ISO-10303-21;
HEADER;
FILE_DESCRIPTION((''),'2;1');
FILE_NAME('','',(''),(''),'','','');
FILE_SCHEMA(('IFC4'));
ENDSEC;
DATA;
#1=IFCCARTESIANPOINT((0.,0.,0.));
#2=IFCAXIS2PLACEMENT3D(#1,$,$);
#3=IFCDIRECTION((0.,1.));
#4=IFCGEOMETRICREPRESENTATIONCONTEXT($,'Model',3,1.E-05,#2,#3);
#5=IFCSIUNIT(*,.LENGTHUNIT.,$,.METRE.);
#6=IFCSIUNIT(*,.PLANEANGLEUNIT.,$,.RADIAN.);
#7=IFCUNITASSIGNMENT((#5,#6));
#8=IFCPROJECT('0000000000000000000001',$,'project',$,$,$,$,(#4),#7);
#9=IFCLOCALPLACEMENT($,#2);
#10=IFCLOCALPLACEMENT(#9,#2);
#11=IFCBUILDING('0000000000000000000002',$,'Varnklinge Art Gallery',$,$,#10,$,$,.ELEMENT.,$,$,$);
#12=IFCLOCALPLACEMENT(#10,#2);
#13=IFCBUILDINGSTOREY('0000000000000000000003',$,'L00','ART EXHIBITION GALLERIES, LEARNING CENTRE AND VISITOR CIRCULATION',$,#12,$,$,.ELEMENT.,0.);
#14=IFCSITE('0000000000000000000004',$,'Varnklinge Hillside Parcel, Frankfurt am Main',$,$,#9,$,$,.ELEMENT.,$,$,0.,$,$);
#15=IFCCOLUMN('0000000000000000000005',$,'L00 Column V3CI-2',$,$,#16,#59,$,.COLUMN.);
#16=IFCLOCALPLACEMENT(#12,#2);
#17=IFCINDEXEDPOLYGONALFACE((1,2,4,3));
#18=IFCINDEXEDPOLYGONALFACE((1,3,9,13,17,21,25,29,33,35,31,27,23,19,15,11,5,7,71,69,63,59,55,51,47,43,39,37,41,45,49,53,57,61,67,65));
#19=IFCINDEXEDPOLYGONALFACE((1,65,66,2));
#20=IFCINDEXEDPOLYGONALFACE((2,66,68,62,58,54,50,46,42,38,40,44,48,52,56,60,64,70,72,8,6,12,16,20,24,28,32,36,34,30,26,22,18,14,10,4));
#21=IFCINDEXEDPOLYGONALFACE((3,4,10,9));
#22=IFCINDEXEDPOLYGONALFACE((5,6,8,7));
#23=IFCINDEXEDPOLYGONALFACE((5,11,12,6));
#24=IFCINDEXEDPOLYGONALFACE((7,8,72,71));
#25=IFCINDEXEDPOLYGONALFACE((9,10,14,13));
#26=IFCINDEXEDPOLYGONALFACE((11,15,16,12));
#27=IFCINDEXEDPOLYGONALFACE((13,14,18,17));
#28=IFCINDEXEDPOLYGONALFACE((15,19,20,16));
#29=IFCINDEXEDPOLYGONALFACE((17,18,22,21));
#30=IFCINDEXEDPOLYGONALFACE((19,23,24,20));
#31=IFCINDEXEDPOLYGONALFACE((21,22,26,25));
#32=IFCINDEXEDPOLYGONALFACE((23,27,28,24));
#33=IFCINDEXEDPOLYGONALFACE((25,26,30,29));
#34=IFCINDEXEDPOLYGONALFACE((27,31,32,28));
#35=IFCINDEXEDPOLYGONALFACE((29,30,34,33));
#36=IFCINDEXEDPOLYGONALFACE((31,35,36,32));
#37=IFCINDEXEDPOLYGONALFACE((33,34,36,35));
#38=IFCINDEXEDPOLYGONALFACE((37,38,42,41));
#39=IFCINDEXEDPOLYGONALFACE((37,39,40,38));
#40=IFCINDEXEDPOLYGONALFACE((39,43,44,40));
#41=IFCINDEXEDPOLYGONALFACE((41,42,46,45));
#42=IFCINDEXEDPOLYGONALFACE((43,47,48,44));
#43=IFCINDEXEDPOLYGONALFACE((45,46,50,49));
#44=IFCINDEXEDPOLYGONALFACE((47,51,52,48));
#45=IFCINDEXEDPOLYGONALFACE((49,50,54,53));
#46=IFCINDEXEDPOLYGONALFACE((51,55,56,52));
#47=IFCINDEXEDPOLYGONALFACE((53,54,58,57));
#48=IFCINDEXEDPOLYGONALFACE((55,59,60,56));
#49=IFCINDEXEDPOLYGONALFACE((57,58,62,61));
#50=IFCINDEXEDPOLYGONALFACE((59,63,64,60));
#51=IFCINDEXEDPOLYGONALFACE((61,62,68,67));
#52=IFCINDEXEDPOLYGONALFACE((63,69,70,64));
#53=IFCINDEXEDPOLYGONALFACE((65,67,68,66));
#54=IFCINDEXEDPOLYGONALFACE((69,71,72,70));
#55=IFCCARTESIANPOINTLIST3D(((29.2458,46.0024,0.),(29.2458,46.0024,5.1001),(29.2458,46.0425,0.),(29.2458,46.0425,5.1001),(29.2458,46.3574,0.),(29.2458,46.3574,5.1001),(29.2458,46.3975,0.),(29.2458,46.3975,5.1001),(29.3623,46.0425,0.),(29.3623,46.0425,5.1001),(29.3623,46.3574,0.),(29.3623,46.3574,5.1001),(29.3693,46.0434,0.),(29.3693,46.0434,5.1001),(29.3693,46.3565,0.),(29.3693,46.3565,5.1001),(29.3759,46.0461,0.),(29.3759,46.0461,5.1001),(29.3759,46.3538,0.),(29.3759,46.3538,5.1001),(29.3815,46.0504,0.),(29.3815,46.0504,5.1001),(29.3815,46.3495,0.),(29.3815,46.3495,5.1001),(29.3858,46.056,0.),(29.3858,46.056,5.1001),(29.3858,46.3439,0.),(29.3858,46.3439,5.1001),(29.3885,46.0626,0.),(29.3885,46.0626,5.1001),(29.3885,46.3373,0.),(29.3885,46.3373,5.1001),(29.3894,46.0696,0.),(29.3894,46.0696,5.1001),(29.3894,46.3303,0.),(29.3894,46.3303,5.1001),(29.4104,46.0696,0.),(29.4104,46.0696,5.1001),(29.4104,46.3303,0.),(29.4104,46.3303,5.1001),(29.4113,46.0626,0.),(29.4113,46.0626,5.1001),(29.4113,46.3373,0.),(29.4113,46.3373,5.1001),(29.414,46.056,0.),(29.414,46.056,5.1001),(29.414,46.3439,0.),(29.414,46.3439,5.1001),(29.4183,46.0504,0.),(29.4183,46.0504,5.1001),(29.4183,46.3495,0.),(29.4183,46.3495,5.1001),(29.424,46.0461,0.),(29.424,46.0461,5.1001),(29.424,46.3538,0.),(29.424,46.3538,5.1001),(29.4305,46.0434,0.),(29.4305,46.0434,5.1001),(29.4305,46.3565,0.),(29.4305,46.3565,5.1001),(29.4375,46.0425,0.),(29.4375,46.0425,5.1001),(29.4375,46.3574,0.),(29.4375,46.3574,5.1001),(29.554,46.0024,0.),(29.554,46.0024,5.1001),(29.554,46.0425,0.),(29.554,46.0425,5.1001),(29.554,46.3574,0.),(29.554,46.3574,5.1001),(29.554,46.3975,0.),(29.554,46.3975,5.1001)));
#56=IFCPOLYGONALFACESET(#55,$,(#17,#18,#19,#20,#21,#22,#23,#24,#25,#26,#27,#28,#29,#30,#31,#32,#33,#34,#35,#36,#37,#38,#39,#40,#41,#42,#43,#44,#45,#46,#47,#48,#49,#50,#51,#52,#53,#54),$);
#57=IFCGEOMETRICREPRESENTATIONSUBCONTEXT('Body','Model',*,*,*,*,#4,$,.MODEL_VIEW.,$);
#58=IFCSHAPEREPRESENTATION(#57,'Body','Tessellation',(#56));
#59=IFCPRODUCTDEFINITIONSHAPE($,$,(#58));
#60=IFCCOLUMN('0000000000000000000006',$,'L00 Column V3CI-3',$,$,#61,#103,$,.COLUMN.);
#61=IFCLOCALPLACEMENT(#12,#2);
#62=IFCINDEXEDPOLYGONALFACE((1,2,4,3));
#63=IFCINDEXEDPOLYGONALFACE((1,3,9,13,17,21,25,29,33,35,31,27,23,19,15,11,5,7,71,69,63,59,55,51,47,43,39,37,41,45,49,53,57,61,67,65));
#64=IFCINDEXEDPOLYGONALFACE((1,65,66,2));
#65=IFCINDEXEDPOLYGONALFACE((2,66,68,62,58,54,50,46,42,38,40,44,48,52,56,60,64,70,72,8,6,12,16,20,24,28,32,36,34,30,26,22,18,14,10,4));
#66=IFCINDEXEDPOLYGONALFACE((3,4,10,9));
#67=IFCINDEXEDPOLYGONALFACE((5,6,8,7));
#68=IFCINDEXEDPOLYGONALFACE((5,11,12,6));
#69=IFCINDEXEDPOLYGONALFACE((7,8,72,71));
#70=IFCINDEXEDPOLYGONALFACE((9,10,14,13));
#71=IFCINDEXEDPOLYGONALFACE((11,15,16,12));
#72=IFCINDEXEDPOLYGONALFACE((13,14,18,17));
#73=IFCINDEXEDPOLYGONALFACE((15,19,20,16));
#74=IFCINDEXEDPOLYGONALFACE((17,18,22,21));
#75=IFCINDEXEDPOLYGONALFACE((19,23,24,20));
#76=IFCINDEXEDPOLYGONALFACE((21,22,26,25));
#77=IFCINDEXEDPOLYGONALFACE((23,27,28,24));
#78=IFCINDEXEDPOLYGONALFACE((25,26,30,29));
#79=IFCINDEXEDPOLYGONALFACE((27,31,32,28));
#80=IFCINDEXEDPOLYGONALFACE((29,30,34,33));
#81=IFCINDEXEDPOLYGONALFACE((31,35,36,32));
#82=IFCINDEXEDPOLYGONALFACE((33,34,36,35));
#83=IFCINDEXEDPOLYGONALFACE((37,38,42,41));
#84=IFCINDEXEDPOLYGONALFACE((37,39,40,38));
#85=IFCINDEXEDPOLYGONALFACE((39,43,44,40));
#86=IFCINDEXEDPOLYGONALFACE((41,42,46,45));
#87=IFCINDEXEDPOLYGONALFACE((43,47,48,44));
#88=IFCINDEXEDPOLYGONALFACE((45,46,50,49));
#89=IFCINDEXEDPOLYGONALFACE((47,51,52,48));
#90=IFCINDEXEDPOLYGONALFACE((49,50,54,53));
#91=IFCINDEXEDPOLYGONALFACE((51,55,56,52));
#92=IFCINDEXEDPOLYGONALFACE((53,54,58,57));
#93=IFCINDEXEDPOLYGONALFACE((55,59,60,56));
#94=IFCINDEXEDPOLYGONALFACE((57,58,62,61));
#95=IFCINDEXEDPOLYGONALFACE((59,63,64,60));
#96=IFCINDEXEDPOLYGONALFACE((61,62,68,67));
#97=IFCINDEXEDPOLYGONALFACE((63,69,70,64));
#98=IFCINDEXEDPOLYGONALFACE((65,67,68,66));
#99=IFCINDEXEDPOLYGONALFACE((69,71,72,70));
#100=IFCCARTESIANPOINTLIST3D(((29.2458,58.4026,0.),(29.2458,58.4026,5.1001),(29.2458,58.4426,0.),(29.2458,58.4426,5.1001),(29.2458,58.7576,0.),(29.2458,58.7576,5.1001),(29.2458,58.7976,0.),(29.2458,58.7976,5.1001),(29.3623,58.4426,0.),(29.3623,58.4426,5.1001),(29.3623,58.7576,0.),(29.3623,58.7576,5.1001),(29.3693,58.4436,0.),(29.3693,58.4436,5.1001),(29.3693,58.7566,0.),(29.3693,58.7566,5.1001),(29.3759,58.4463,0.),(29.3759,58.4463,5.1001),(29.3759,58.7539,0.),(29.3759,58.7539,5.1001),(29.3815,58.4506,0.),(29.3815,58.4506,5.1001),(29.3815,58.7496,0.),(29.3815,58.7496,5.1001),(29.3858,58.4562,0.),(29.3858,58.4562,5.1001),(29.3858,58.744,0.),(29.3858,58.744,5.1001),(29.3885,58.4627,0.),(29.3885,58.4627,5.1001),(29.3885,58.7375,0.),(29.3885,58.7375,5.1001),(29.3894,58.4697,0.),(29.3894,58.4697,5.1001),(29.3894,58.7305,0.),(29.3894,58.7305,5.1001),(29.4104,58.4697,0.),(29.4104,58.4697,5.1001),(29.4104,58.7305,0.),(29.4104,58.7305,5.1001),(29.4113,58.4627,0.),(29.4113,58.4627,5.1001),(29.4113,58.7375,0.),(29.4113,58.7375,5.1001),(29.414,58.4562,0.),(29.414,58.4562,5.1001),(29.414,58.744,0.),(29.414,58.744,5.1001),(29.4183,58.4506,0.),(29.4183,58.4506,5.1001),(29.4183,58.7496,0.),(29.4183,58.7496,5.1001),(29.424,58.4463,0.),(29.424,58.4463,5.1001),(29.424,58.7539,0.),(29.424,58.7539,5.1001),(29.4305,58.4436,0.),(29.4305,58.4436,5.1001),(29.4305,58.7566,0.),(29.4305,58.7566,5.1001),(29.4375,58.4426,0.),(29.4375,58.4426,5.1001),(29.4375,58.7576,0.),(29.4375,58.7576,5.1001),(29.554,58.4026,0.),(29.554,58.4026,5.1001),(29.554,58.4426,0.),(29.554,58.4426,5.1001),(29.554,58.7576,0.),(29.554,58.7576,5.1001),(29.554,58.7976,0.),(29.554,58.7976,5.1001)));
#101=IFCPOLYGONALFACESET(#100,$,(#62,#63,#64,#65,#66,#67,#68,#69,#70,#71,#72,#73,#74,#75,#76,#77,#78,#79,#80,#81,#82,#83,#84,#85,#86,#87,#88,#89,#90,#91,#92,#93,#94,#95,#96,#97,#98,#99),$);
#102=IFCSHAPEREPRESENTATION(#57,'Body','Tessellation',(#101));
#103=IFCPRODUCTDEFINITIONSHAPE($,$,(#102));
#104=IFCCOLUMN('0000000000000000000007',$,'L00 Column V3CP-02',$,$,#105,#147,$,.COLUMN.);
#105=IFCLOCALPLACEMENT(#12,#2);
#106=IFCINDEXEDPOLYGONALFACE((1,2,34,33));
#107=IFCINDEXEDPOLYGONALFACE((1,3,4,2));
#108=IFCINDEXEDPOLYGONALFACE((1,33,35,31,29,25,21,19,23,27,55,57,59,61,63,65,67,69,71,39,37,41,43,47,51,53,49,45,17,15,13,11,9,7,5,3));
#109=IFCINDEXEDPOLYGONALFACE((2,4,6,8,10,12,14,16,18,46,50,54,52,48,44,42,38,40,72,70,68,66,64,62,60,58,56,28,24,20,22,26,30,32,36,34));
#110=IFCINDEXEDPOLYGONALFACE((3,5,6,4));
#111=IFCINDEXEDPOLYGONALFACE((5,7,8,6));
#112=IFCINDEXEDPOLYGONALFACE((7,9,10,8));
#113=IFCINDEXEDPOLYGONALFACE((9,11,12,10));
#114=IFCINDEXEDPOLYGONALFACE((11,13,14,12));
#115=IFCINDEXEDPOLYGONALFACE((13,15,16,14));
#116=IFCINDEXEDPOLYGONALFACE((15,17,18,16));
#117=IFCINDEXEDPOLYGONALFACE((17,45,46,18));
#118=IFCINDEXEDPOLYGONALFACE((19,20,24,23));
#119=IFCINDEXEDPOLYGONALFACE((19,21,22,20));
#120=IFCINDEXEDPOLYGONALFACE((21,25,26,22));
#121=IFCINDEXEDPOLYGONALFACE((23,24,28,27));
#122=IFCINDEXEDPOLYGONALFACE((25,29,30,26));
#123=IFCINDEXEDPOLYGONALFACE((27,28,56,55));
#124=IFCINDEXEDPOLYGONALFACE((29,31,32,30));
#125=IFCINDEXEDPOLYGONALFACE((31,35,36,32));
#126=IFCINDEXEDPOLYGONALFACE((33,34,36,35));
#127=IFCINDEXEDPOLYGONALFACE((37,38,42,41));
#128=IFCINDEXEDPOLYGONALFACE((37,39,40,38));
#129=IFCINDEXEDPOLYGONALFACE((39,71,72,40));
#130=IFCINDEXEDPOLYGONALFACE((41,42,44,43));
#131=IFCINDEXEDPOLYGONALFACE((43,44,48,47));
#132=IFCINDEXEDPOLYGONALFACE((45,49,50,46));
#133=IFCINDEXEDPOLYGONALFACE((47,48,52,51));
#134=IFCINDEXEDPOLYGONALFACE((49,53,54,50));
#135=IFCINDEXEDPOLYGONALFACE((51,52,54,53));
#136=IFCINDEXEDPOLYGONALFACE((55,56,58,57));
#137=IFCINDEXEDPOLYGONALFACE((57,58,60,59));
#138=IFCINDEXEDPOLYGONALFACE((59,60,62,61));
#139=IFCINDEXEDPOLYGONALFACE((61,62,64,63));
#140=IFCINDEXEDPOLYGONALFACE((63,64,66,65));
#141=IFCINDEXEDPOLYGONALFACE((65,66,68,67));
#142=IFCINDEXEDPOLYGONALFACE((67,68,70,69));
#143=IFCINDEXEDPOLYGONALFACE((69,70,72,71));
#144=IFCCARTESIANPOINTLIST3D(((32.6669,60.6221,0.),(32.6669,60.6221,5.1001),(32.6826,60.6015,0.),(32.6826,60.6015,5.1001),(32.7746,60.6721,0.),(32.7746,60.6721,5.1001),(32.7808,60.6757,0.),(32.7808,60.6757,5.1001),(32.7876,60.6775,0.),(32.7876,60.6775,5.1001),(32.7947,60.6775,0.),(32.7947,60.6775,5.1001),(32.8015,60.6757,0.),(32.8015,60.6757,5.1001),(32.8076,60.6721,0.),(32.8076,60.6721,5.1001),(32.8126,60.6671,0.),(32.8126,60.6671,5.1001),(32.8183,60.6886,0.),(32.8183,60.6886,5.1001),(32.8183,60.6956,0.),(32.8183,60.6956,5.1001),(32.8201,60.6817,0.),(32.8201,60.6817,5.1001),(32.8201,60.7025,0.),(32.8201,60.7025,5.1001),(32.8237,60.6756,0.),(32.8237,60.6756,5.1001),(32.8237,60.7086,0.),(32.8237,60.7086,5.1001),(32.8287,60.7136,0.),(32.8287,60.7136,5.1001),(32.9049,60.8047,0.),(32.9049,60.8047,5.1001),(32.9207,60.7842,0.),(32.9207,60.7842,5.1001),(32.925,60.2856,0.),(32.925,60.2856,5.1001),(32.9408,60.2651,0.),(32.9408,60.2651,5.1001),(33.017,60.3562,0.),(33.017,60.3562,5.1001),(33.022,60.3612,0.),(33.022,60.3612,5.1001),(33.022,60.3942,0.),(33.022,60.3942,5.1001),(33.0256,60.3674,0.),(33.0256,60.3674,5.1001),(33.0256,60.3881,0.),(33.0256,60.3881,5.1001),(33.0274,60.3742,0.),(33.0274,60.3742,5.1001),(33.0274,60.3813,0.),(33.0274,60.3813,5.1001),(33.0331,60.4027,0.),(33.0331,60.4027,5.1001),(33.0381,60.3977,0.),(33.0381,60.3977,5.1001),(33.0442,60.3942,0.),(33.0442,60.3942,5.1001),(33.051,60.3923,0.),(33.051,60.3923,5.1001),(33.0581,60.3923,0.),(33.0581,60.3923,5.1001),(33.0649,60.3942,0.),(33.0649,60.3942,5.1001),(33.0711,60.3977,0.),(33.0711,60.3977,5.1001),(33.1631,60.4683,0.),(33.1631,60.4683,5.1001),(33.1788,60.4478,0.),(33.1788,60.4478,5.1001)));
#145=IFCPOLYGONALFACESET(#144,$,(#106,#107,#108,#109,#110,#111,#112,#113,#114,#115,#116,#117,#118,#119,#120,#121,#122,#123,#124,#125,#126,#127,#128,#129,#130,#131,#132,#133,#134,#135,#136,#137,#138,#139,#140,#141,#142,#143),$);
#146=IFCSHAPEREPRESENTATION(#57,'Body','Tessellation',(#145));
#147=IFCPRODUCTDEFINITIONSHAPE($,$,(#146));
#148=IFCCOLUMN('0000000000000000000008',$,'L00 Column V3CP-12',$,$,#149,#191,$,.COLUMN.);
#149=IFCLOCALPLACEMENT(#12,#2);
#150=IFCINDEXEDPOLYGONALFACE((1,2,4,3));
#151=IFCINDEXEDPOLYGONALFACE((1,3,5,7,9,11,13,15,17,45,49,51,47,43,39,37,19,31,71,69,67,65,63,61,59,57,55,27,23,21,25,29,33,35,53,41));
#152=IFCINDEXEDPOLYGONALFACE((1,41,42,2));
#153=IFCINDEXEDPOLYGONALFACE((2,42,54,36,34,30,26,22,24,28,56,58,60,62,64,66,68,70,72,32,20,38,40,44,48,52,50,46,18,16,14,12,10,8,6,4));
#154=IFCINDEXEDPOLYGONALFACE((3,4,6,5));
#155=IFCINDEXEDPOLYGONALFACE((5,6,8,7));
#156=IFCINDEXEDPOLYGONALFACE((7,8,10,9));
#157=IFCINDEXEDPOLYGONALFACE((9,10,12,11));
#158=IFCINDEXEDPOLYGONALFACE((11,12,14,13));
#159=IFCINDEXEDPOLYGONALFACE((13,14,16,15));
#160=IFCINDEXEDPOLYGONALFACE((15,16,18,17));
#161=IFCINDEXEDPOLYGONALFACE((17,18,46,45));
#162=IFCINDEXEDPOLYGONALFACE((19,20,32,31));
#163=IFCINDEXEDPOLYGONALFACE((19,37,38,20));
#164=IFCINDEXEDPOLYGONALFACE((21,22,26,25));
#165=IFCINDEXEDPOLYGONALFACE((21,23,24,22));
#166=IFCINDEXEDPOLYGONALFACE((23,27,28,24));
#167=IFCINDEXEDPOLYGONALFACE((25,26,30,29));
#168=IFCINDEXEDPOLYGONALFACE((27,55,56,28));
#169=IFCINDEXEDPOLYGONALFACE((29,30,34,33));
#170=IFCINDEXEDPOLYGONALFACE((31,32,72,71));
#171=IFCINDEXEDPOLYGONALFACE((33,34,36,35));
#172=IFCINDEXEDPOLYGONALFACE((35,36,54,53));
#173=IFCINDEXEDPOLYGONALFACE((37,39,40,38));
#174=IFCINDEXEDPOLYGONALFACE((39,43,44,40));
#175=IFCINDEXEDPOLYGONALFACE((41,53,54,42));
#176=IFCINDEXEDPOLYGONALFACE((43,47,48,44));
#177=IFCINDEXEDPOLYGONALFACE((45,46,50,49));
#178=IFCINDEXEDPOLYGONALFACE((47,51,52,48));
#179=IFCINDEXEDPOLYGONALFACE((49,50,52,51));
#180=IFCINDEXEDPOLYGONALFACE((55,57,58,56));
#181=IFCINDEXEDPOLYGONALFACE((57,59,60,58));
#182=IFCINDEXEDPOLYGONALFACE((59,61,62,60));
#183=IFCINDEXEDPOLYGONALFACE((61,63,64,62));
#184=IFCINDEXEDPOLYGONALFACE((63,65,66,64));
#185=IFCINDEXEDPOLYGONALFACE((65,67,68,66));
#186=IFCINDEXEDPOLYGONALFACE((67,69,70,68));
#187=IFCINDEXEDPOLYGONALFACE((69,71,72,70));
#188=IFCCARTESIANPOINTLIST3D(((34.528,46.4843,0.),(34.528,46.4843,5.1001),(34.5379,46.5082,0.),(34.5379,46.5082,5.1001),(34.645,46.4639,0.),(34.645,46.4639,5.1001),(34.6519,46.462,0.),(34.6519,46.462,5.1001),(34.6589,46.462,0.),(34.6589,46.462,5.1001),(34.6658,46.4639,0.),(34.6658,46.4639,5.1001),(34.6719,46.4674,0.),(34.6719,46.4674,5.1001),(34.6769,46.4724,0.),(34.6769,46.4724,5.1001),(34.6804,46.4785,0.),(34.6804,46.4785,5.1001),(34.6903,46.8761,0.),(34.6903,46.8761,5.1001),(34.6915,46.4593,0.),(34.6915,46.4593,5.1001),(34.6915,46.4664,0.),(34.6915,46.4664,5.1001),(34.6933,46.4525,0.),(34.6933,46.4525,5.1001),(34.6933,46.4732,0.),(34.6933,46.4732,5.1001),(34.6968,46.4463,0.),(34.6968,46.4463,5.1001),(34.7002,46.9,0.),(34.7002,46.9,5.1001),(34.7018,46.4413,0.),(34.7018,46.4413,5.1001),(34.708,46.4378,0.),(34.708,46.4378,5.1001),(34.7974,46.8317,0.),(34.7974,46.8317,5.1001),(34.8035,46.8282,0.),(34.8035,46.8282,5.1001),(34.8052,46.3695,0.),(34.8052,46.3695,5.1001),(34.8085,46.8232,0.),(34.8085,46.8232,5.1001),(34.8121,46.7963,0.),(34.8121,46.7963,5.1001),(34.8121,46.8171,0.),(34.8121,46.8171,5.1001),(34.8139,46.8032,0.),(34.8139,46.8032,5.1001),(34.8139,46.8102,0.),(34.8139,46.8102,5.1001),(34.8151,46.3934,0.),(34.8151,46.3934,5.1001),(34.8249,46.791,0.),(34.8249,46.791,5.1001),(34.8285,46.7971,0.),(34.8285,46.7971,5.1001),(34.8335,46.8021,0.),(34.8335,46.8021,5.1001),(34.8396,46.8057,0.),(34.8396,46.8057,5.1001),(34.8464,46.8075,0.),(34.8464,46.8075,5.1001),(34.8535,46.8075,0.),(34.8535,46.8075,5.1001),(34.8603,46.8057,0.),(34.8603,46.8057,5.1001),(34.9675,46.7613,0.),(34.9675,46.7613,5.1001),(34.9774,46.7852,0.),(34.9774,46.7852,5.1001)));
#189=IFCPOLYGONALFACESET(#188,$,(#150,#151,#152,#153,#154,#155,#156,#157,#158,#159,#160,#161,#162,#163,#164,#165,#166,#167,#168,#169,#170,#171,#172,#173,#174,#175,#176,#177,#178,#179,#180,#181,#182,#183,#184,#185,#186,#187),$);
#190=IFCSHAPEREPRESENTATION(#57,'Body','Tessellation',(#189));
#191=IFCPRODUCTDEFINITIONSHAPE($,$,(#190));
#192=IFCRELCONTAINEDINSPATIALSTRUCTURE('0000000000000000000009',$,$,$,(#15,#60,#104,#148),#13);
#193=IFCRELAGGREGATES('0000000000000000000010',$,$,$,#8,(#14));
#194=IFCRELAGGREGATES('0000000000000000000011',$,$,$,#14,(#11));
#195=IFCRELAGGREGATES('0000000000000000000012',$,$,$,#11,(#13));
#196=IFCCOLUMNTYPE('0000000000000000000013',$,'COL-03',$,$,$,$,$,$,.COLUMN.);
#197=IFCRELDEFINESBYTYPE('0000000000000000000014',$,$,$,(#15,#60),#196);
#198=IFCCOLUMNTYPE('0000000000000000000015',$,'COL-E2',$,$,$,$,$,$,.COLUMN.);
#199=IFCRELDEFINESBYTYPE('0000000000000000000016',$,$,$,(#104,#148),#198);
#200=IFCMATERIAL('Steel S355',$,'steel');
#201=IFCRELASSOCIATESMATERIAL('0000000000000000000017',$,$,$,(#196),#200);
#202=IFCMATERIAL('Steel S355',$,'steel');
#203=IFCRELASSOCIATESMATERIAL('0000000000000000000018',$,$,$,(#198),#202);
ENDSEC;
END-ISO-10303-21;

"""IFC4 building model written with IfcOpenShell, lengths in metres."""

from ifc_helpers import new_model, si_unit, direction, frame, origin, origin_2d, place, context, subcontext, project, spatial, i_section, extrude, material, material_profile, profile_set, type_object, element, save


model = new_model("IFC4")

# Units and contexts
model_context = context("Model", 3, precision=1e-05, world=origin(), true_north=direction((0.0, 1.0)))
body_context = subcontext(model_context, "Body", "Model", "MODEL_VIEW")
ifc_project = project(units=[si_unit("LENGTHUNIT", "METRE"), si_unit("PLANEANGLEUNIT", "RADIAN")], contexts=[model_context])

# Site, building, storey
site_placement = place(None, origin())
site = spatial("IfcSite", under=ifc_project, at=site_placement, Name="Varnklinge Hillside Parcel, Frankfurt am Main", CompositionType="ELEMENT", RefElevation=0.0)
building_placement = place(site_placement, origin())
building = spatial("IfcBuilding", under=site, at=building_placement, Name="Varnklinge Art Gallery", CompositionType="ELEMENT")
storey_placement = place(building_placement, origin())
storey = spatial("IfcBuildingStorey", under=building, at=storey_placement, Name="L00", Description="ART EXHIBITION GALLERIES, LEARNING CENTRE AND VISITOR CIRCULATION", CompositionType="ELEMENT", Elevation=0.0)

# Columns
ifc_material_1 = material(Name="Steel S355", Category="steel")
ifc_material_profile_1 = material_profile(ifc_material_1, i_section(OverallWidth=0.3081, OverallDepth=0.395, WebThickness=0.021, FlangeThickness=0.04, FilletRadius=0.0271, at=origin_2d()), Name="HEM 360")
ifc_profile_set_1 = profile_set([ifc_material_profile_1], Name="Steel S355")
column_type_1 = type_object("IfcColumnType", Name="COL-03", PredefinedType="COLUMN", material=ifc_profile_set_1)
for number, where, z_axis, x_axis, name in (
    (1, (29.3999, 46.2, 0.0), (0.0, 0.0, 1.0), (1.0, 0.0, 0.0), "L00 Column V3CI-2"),
    (2, (29.3999, 58.6001, 0.0), (0.0, 0.0, 1.0), (1.0, 0.0, 0.0), "L00 Column V3CI-3"),
):
    element("IfcColumn", number, at=place(storey_placement, frame(where, z_axis=z_axis, x_axis=x_axis)), inside=storey, type_object=column_type_1, Name=name, PredefinedType="COLUMN", context=body_context, shape_type="SweptSolid", body=[
        extrude(i_section(OverallWidth=0.3081, OverallDepth=0.395, WebThickness=0.021, FlangeThickness=0.04, FilletRadius=0.0271, at=origin_2d()), origin(), (0.0, 0.0, 1.0), 5.1001),
    ])
ifc_material_2 = material(Name="Steel S355", Category="steel")
ifc_material_profile_2 = material_profile(ifc_material_2, i_section(OverallWidth=0.3, OverallDepth=0.45, WebThickness=0.0139, FlangeThickness=0.0259, FilletRadius=0.0271, at=origin_2d()), Name="HEB 450")
ifc_profile_set_2 = profile_set([ifc_material_profile_2], Name="Steel S355")
column_type_2 = type_object("IfcColumnType", Name="COL-E2", PredefinedType="COLUMN", material=ifc_profile_set_2)
for number, where, z_axis, x_axis, name in (
    (3, (32.9229, 60.5349, 0.0), (0.0, 0.0, 1.0), (0.793353, 0.608761, 0.0), "L00 Column V3CP-02"),
    (4, (34.7527, 46.6348, 0.0), (0.0, 0.0, 1.0), (0.92388, -0.382683, 0.0), "L00 Column V3CP-12"),
):
    element("IfcColumn", number, at=place(storey_placement, frame(where, z_axis=z_axis, x_axis=x_axis)), inside=storey, type_object=column_type_2, Name=name, PredefinedType="COLUMN", context=body_context, shape_type="SweptSolid", body=[
        extrude(i_section(OverallWidth=0.3, OverallDepth=0.45, WebThickness=0.0139, FlangeThickness=0.0259, FilletRadius=0.0271, at=origin_2d()), origin(), (0.0, 0.0, 1.0), 5.1001),
    ])

save(model, "model.ifc")
